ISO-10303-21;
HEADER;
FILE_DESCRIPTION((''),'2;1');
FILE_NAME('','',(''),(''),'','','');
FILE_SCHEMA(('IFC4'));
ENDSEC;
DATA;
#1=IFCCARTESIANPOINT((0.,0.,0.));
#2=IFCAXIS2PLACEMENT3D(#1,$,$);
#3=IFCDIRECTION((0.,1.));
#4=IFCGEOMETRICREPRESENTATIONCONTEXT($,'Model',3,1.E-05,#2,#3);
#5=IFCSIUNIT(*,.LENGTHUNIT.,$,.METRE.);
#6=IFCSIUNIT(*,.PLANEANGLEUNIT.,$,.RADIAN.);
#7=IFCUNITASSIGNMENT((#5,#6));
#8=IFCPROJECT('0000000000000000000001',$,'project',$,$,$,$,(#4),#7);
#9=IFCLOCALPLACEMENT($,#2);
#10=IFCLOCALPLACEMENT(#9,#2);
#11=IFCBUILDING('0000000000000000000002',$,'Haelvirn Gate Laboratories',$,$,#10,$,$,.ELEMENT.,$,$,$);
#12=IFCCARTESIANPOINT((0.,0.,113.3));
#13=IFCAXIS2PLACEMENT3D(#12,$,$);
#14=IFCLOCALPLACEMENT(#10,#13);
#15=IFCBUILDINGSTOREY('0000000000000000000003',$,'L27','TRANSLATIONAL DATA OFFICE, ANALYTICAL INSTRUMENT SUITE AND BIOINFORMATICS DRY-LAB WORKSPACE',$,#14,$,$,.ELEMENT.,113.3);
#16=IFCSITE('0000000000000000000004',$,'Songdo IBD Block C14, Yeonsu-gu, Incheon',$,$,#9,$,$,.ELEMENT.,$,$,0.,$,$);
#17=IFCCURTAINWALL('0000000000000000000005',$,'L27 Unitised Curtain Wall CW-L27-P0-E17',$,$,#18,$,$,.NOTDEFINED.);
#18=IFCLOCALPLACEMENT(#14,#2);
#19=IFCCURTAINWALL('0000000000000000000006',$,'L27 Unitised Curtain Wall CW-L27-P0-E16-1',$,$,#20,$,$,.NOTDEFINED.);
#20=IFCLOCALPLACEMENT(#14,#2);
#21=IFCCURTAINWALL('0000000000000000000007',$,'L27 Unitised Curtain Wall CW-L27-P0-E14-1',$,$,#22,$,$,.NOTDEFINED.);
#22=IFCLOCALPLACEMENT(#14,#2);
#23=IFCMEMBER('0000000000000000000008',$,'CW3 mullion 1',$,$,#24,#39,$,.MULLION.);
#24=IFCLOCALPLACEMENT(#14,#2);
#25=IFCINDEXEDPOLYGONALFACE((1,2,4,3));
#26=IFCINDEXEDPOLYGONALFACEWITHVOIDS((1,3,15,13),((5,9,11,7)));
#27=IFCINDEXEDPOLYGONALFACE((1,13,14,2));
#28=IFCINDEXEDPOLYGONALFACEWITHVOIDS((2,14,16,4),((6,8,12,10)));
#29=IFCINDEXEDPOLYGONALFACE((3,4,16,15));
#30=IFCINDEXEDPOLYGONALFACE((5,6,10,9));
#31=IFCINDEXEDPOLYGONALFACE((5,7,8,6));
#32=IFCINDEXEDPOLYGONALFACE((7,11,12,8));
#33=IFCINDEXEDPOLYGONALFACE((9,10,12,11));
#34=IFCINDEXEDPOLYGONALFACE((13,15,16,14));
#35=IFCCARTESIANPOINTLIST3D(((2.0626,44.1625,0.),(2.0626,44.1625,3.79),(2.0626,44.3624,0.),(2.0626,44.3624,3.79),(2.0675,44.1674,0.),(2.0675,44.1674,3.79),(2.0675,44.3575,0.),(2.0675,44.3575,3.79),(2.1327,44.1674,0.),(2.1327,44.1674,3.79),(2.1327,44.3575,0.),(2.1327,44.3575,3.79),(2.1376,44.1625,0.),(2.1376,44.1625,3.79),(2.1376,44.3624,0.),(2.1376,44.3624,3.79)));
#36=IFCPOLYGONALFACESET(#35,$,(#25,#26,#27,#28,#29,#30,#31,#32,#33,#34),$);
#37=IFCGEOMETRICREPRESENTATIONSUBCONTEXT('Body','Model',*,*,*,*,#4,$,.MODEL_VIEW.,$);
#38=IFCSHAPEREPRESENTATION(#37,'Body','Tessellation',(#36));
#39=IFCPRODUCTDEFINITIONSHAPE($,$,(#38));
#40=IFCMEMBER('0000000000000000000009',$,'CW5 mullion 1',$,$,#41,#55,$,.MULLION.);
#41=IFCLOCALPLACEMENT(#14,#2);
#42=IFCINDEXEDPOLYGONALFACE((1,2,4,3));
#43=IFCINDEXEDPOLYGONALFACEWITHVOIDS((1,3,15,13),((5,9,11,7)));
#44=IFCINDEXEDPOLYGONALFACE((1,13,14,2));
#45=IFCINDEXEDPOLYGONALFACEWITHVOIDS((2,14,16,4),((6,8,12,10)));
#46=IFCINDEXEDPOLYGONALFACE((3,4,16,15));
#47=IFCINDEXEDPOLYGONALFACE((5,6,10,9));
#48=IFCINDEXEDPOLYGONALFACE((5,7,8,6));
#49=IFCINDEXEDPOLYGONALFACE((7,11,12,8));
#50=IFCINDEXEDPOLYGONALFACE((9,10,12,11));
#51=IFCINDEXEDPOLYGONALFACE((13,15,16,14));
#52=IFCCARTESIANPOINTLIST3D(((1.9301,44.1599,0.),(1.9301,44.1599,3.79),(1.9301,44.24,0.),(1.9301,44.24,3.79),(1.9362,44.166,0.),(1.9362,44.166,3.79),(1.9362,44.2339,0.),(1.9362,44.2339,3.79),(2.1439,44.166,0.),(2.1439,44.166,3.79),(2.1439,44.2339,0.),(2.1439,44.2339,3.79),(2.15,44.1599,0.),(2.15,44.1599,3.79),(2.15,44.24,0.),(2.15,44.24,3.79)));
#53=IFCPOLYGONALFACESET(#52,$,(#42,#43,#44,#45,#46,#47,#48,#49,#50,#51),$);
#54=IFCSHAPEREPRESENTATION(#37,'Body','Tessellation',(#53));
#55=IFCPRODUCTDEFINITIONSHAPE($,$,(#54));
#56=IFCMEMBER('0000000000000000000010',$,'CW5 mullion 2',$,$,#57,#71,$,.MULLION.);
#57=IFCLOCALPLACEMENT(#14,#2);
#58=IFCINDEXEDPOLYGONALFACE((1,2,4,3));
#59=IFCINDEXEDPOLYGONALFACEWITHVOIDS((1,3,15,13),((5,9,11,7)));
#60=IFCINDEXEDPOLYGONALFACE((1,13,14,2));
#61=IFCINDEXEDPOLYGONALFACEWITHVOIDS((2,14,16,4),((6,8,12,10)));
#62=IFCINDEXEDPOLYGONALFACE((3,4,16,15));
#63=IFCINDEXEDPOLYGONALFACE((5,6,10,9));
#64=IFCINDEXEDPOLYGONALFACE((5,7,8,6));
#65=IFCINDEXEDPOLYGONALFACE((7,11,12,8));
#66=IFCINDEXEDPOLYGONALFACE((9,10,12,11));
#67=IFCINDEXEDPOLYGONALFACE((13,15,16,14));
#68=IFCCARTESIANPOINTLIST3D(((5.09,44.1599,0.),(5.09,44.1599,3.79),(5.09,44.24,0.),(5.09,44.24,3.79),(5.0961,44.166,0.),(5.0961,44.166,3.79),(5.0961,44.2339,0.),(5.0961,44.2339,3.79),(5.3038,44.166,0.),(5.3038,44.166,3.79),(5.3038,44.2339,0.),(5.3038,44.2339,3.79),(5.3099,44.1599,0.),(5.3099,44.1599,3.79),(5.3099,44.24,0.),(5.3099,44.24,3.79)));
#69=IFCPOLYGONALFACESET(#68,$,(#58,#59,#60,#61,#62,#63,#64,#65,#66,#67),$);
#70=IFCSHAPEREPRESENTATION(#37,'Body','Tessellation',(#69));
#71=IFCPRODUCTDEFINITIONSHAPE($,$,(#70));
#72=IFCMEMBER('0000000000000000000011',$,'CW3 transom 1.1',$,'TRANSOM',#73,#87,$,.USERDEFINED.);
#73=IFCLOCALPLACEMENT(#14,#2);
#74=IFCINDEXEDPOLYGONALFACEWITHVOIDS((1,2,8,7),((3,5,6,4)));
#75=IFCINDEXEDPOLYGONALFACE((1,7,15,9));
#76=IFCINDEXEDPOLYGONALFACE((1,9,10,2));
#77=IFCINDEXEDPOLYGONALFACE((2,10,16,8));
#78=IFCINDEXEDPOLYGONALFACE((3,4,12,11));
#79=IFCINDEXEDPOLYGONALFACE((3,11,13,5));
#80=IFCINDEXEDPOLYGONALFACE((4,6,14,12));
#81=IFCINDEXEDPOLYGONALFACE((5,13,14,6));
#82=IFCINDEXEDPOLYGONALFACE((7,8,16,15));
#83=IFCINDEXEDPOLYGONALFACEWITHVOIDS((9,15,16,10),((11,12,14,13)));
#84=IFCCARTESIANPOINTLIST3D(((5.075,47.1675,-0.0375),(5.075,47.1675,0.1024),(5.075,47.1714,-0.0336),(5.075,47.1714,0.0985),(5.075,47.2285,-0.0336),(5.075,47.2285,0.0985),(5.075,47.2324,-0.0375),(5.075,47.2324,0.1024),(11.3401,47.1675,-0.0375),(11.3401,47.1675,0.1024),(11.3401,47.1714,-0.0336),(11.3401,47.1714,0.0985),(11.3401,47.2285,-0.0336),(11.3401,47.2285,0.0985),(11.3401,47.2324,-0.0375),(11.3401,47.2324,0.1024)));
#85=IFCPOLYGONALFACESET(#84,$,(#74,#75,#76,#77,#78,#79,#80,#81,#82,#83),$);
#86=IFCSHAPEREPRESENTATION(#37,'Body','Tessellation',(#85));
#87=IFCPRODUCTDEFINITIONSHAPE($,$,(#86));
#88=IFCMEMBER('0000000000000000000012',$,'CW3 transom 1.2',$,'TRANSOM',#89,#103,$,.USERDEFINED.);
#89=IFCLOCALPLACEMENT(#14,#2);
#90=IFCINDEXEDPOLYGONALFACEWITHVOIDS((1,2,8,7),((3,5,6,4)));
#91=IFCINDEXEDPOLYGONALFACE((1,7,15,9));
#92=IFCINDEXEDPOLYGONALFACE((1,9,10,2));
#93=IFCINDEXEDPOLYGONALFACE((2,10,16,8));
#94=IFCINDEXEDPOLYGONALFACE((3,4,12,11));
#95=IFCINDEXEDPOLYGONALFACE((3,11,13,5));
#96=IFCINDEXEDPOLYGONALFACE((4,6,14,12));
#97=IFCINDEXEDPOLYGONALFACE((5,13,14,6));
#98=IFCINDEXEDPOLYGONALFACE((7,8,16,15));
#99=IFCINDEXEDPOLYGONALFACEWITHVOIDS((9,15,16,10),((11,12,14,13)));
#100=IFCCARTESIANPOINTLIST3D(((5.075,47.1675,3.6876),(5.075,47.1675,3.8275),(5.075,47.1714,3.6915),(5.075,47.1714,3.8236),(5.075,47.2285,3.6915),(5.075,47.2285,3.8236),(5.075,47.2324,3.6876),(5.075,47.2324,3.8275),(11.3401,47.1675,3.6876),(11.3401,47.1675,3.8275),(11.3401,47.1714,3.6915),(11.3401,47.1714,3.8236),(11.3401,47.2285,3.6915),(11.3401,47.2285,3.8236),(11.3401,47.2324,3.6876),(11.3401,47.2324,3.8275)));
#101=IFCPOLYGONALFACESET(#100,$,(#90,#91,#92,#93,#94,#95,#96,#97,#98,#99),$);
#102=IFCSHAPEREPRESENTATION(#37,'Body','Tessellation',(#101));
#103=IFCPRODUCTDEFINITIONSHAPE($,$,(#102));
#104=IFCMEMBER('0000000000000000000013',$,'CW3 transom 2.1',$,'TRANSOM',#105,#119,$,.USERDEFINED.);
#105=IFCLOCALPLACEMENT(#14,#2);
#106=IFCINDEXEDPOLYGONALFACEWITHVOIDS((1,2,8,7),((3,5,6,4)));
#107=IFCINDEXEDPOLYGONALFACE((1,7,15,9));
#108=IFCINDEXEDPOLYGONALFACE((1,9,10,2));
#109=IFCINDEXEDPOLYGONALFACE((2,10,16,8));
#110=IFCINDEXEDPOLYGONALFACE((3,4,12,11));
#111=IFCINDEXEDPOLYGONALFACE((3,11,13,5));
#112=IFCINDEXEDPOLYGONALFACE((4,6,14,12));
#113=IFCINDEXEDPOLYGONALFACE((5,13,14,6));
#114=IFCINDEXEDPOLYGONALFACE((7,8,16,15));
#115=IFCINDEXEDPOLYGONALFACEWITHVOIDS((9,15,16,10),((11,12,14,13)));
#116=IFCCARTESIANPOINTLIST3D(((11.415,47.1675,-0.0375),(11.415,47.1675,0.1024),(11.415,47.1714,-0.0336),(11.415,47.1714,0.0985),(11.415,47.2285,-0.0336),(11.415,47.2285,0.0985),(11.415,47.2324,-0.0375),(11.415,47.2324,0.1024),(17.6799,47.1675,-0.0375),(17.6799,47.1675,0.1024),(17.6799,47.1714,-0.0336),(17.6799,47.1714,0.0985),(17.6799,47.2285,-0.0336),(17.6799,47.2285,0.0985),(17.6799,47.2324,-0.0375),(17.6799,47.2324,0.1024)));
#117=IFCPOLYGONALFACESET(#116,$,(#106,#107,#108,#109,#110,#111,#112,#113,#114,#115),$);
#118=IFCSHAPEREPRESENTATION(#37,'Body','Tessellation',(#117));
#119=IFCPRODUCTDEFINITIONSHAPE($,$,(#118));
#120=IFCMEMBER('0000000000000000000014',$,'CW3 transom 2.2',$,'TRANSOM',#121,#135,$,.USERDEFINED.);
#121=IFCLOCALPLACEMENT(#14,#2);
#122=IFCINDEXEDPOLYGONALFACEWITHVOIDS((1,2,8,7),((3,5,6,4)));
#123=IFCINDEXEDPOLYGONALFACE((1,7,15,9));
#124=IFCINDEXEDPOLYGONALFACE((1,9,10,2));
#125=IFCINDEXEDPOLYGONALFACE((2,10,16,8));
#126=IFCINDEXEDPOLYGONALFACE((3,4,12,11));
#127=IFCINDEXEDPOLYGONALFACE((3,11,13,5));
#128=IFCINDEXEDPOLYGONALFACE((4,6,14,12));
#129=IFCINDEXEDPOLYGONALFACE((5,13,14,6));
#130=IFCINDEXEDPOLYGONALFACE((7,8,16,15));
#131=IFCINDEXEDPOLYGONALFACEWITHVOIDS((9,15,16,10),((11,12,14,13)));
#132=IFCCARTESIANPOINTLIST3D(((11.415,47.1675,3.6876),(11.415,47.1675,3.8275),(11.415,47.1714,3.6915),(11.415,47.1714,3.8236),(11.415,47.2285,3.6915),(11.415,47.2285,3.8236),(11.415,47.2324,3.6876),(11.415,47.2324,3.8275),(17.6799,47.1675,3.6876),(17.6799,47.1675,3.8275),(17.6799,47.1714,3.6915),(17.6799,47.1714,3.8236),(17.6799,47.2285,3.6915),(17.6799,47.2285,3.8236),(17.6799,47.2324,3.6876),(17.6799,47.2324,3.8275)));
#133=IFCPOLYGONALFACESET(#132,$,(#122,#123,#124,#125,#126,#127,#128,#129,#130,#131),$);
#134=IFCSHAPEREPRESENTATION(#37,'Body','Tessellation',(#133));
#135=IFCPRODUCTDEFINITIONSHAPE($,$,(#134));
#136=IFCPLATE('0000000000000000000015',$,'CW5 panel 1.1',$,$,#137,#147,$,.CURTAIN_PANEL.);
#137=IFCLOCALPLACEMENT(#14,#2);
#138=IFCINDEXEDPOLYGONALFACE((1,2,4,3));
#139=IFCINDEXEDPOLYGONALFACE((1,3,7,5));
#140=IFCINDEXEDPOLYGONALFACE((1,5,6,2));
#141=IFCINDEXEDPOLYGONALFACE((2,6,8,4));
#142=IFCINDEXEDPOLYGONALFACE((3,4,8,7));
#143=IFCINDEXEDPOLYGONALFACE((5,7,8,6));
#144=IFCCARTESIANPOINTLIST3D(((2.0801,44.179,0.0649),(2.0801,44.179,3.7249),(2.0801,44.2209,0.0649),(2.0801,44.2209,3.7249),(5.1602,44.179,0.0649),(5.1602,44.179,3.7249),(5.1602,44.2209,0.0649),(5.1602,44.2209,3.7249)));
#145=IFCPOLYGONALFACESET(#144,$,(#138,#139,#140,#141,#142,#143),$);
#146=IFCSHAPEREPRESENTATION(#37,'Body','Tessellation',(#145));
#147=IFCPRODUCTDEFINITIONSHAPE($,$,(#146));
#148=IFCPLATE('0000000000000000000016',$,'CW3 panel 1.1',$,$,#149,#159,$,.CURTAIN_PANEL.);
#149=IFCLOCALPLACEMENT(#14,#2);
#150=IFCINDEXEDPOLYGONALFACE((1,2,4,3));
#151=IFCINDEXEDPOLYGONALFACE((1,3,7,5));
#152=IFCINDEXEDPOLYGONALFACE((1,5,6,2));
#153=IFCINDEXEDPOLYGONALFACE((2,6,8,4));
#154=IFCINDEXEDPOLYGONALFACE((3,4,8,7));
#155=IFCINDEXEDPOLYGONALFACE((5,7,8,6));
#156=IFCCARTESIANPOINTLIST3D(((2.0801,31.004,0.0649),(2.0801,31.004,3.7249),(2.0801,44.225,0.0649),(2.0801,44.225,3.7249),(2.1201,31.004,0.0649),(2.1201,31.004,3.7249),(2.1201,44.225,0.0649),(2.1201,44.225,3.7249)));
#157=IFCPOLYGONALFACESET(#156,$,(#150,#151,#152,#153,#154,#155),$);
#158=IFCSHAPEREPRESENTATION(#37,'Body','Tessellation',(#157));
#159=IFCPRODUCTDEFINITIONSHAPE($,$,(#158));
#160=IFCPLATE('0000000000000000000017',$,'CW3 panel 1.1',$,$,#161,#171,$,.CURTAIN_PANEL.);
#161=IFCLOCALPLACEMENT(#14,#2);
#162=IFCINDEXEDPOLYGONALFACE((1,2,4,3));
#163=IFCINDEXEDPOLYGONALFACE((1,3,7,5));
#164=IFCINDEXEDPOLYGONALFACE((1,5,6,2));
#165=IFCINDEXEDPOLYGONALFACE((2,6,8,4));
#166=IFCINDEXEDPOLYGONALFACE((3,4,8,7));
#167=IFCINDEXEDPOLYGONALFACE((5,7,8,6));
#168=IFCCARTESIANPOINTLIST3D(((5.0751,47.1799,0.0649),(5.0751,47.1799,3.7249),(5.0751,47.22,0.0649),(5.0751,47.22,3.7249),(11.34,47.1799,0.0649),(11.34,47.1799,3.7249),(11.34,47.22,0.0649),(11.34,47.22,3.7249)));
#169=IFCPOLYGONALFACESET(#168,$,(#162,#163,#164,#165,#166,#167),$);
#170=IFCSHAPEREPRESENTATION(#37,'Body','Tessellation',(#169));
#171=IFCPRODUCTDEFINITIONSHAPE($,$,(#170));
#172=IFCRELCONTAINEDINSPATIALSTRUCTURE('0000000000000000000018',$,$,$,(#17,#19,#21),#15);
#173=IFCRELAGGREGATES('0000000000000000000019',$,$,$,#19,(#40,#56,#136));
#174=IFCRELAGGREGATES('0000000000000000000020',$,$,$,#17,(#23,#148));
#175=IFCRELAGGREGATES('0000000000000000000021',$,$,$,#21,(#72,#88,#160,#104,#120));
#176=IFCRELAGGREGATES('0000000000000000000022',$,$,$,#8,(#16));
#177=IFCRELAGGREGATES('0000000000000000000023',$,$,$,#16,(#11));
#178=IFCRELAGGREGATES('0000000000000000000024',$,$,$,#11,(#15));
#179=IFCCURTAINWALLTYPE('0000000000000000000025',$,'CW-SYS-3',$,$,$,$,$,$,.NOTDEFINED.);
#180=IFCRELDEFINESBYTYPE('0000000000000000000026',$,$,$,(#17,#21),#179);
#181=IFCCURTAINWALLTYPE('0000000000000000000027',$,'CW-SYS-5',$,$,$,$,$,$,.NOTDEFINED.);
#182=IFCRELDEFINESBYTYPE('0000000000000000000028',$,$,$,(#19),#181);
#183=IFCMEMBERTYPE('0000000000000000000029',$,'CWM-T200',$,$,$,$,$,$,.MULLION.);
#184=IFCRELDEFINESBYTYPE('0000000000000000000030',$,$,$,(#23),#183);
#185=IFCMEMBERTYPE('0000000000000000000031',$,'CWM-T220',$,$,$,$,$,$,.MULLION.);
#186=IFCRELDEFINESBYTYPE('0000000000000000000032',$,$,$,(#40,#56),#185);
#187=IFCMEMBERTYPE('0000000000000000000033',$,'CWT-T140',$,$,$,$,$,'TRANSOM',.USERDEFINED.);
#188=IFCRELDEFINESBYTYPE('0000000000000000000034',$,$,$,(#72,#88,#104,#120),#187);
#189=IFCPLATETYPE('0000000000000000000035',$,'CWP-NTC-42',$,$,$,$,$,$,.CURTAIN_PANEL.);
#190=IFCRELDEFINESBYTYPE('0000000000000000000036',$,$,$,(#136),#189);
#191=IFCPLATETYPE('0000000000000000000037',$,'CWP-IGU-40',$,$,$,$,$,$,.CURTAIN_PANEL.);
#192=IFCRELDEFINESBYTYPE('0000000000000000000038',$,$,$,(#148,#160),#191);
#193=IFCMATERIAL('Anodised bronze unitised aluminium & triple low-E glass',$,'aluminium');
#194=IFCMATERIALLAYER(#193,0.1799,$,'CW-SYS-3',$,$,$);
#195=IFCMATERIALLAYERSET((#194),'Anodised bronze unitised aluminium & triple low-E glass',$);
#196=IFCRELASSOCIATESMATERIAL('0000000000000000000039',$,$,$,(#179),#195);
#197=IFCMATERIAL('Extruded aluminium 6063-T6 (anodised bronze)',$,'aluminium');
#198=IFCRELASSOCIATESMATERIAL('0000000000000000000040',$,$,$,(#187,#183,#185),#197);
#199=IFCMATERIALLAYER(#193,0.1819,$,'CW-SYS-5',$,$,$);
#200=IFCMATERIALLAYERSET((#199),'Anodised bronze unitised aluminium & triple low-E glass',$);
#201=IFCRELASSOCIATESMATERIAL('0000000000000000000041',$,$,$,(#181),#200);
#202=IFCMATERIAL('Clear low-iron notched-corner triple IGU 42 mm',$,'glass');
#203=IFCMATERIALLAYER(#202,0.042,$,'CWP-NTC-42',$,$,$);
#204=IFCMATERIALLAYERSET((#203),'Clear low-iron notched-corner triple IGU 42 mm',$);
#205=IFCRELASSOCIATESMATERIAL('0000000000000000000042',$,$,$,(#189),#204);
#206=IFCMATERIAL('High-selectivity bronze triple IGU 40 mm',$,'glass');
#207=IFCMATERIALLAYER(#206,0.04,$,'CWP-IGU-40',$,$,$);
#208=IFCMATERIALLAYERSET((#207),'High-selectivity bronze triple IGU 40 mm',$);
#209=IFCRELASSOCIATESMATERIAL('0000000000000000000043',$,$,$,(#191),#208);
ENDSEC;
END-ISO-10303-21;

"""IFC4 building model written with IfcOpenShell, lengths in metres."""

from ifc_helpers import new_model, si_unit, direction, frame, origin, origin_2d, place, context, subcontext, project, spatial, rectangle, hollow_rectangle, extrude, source, transform, mapped, material, layer, layer_set, material_profile, profile_set, type_object, type_shapes, element, aggregate, save


model = new_model("IFC4")

# Units and contexts
model_context = context("Model", 3, precision=1e-05, world=origin(), true_north=direction((0.0, 1.0)))
body_context = subcontext(model_context, "Body", "Model", "MODEL_VIEW")
ifc_project = project(units=[si_unit("LENGTHUNIT", "METRE"), si_unit("PLANEANGLEUNIT", "RADIAN")], contexts=[model_context])

# Site, building, storey
site_placement = place(None, origin())
site = spatial("IfcSite", under=ifc_project, at=site_placement, Name="Songdo IBD Block C14, Yeonsu-gu, Incheon", CompositionType="ELEMENT", RefElevation=0.0)
building_placement = place(site_placement, origin())
building = spatial("IfcBuilding", under=site, at=building_placement, Name="Haelvirn Gate Laboratories", CompositionType="ELEMENT")
storey_placement = place(building_placement, frame((0.0, 0.0, 113.3)))
storey = spatial("IfcBuildingStorey", under=building, at=storey_placement, Name="L27", Description="TRANSLATIONAL DATA OFFICE, ANALYTICAL INSTRUMENT SUITE AND BIOINFORMATICS DRY-LAB WORKSPACE", CompositionType="ELEMENT", Elevation=113.3)

# Curtain walls
ifc_material_1 = material(Name="Anodised bronze unitised aluminium & triple low-E glass", Category="aluminium")
ifc_layer_1 = layer(ifc_material_1, 0.1799, Name="CW-SYS-3")
ifc_layer_set_1 = layer_set([ifc_layer_1], Name="Anodised bronze unitised aluminium & triple low-E glass")
curtain_wall_type_1 = type_object("IfcCurtainWallType", Name="CW-SYS-3", PredefinedType="NOTDEFINED", material=ifc_layer_set_1)
curtain_wall_1_placement = place(storey_placement, origin())
curtain_wall_1 = element("IfcCurtainWall", 1, at=curtain_wall_1_placement, inside=storey, type_object=curtain_wall_type_1, Name="L27 Unitised Curtain Wall CW-L27-P0-E17", PredefinedType="NOTDEFINED")
ifc_material_2 = material(Name="Extruded aluminium 6063-T6 (anodised bronze)", Category="aluminium")
ifc_material_profile_1 = material_profile(ifc_material_2, hollow_rectangle(XDim=0.0649, YDim=0.1399, WallThickness=0.0039, at=origin_2d()), Name="CWT-140x65x4")
ifc_profile_set_1 = profile_set([ifc_material_profile_1], Name="Extruded aluminium 6063-T6 (anodised bronze)")
member_type_1 = type_object("IfcMemberType", Name="CWT-T140", ElementType="TRANSOM", PredefinedType="USERDEFINED", material=ifc_profile_set_1)
ifc_layer_2 = layer(ifc_material_1, 0.1819, Name="CW-SYS-5")
ifc_layer_set_2 = layer_set([ifc_layer_2], Name="Anodised bronze unitised aluminium & triple low-E glass")
curtain_wall_type_2 = type_object("IfcCurtainWallType", Name="CW-SYS-5", PredefinedType="NOTDEFINED", material=ifc_layer_set_2)
curtain_wall_2_placement = place(storey_placement, origin())
curtain_wall_2 = element("IfcCurtainWall", 2, at=curtain_wall_2_placement, inside=storey, type_object=curtain_wall_type_2, Name="L27 Unitised Curtain Wall CW-L27-P0-E16-1", PredefinedType="NOTDEFINED")
curtain_wall_3_placement = place(storey_placement, origin())
curtain_wall_3 = element("IfcCurtainWall", 3, at=curtain_wall_3_placement, inside=storey, type_object=curtain_wall_type_1, Name="L27 Unitised Curtain Wall CW-L27-P0-E14-1", PredefinedType="NOTDEFINED")
ifc_material_profile_2 = material_profile(ifc_material_2, hollow_rectangle(XDim=0.075, YDim=0.2, WallThickness=0.0049, at=origin_2d()), Name="CWM-200x75x5")
ifc_profile_set_2 = profile_set([ifc_material_profile_2], Name="Extruded aluminium 6063-T6 (anodised bronze)")
member_type_2 = type_object("IfcMemberType", Name="CWM-T200", PredefinedType="MULLION", material=ifc_profile_set_2)
shared_shape_1 = source(origin(), body_context, "Body", "SweptSolid", [
    extrude(hollow_rectangle(XDim=0.075, YDim=0.2, WallThickness=0.0049, at=origin_2d()), origin(), (0.0, 0.0, 1.0), 3.79),
])
type_shapes(member_type_2, [shared_shape_1])

# Members
member_1_placement = place(storey_placement, frame((2.1001, 44.2625, 0.0), z_axis=(0.0, 0.0, 1.0), x_axis=(1.0, 0.0, 0.0)))
member_1 = element("IfcMember", 4, at=member_1_placement, type_object=member_type_2, Name="CW3 mullion 1", PredefinedType="MULLION", context=body_context, shape_type="MappedRepresentation", body=[
    mapped(shared_shape_1, transform((0.0, 0.0, 0.0), scale=1.0)),
])
ifc_material_profile_3 = material_profile(ifc_material_2, hollow_rectangle(XDim=0.0801, YDim=0.22, WallThickness=0.0061, at=origin_2d()), Name="CWM-220x80x6")
ifc_profile_set_3 = profile_set([ifc_material_profile_3], Name="Extruded aluminium 6063-T6 (anodised bronze)")
member_type_3 = type_object("IfcMemberType", Name="CWM-T220", PredefinedType="MULLION", material=ifc_profile_set_3)
shared_shape_2 = source(origin(), body_context, "Body", "SweptSolid", [
    extrude(hollow_rectangle(XDim=0.0801, YDim=0.22, WallThickness=0.0061, at=origin_2d()), origin(), (0.0, 0.0, 1.0), 3.79),
])
type_shapes(member_type_3, [shared_shape_2])
member_2_placement = place(storey_placement, frame((2.04, 44.2, 0.0), z_axis=(0.0, 0.0, 1.0), x_axis=(0.0, 1.0, 0.0)))
member_2 = element("IfcMember", 5, at=member_2_placement, type_object=member_type_3, Name="CW5 mullion 1", PredefinedType="MULLION", context=body_context, shape_type="MappedRepresentation", body=[
    mapped(shared_shape_2, transform((0.0, 0.0, 0.0), scale=1.0)),
])
member_3_placement = place(storey_placement, frame((5.2, 44.2, 0.0), z_axis=(0.0, 0.0, 1.0), x_axis=(0.0, 1.0, 0.0)))
member_3 = element("IfcMember", 6, at=member_3_placement, type_object=member_type_3, Name="CW5 mullion 2", PredefinedType="MULLION", context=body_context, shape_type="MappedRepresentation", body=[
    mapped(shared_shape_2, transform((0.0, 0.0, 0.0), scale=1.0)),
])
shared_shape_3 = source(origin(), body_context, "Body", "SweptSolid", [
    extrude(hollow_rectangle(XDim=0.0649, YDim=0.1399, WallThickness=0.0039, at=origin_2d()), origin(), (0.0, 0.0, 1.0), 6.2651),
])
member_4_placement = place(storey_placement, frame((5.075, 47.2, 0.0325), z_axis=(1.0, 0.0, 0.0), x_axis=(0.0, 1.0, 0.0)))
member_4 = element("IfcMember", 7, at=member_4_placement, type_object=member_type_1, Name="CW3 transom 1.1", ObjectType="TRANSOM", PredefinedType="USERDEFINED", context=body_context, shape_type="MappedRepresentation", body=[
    mapped(shared_shape_3, transform((0.0, 0.0, 0.0), scale=1.0)),
])
member_5_placement = place(storey_placement, frame((5.075, 47.2, 3.7576), z_axis=(1.0, 0.0, 0.0), x_axis=(0.0, 1.0, 0.0)))
member_5 = element("IfcMember", 8, at=member_5_placement, type_object=member_type_1, Name="CW3 transom 1.2", ObjectType="TRANSOM", PredefinedType="USERDEFINED", context=body_context, shape_type="MappedRepresentation", body=[
    mapped(shared_shape_3, transform((0.0, 0.0, 0.0), scale=1.0)),
])
shared_shape_4 = source(origin(), body_context, "Body", "SweptSolid", [
    extrude(hollow_rectangle(XDim=0.0649, YDim=0.1399, WallThickness=0.0039, at=origin_2d()), origin(), (0.0, 0.0, 1.0), 6.2649),
])
member_6_placement = place(storey_placement, frame((11.415, 47.2, 0.0325), z_axis=(1.0, 0.0, 0.0), x_axis=(0.0, 1.0, 0.0)))
member_6 = element("IfcMember", 9, at=member_6_placement, type_object=member_type_1, Name="CW3 transom 2.1", ObjectType="TRANSOM", PredefinedType="USERDEFINED", context=body_context, shape_type="MappedRepresentation", body=[
    mapped(shared_shape_4, transform((0.0, 0.0, 0.0), scale=1.0)),
])
member_7_placement = place(storey_placement, frame((11.415, 47.2, 3.7576), z_axis=(1.0, 0.0, 0.0), x_axis=(0.0, 1.0, 0.0)))
member_7 = element("IfcMember", 10, at=member_7_placement, type_object=member_type_1, Name="CW3 transom 2.2", ObjectType="TRANSOM", PredefinedType="USERDEFINED", context=body_context, shape_type="MappedRepresentation", body=[
    mapped(shared_shape_4, transform((0.0, 0.0, 0.0), scale=1.0)),
])

# Plates
ifc_material_3 = material(Name="Clear low-iron notched-corner triple IGU 42 mm", Category="glass")
ifc_layer_3 = layer(ifc_material_3, 0.042, Name="CWP-NTC-42")
ifc_layer_set_3 = layer_set([ifc_layer_3], Name="Clear low-iron notched-corner triple IGU 42 mm")
plate_type_1 = type_object("IfcPlateType", Name="CWP-NTC-42", PredefinedType="CURTAIN_PANEL", material=ifc_layer_set_3)
shared_shape_5 = source(origin(), body_context, "Body", "SweptSolid", [
    extrude(rectangle(XDim=3.0801, YDim=0.042, at=origin_2d()), origin(), (0.0, 0.0, 1.0), 3.6599),
])
type_shapes(plate_type_1, [shared_shape_5])
plate_1_placement = place(storey_placement, frame((3.6201, 44.2, 0.0649), z_axis=(0.0, 0.0, 1.0), x_axis=(1.0, 0.0, 0.0)))
plate_1 = element("IfcPlate", 11, at=plate_1_placement, type_object=plate_type_1, Name="CW5 panel 1.1", PredefinedType="CURTAIN_PANEL", context=body_context, shape_type="MappedRepresentation", body=[
    mapped(shared_shape_5, transform((0.0, 0.0, 0.0), scale=1.0)),
])
aggregate(curtain_wall_2, [member_2, member_3, plate_1])
ifc_material_4 = material(Name="High-selectivity bronze triple IGU 40 mm", Category="glass")
ifc_layer_4 = layer(ifc_material_4, 0.04, Name="CWP-IGU-40")
ifc_layer_set_4 = layer_set([ifc_layer_4], Name="High-selectivity bronze triple IGU 40 mm")
plate_type_2 = type_object("IfcPlateType", Name="CWP-IGU-40", PredefinedType="CURTAIN_PANEL", material=ifc_layer_set_4)
shared_shape_6 = source(origin(), body_context, "Body", "SweptSolid", [
    extrude(rectangle(XDim=13.2209, YDim=0.04, at=origin_2d()), origin(), (0.0, 0.0, 1.0), 3.6599),
])
plate_2_placement = place(storey_placement, frame((2.1001, 37.6145, 0.0649), z_axis=(0.0, 0.0, 1.0), x_axis=(0.0, -1.0, 0.0)))
plate_2 = element("IfcPlate", 12, at=plate_2_placement, type_object=plate_type_2, Name="CW3 panel 1.1", PredefinedType="CURTAIN_PANEL", context=body_context, shape_type="MappedRepresentation", body=[
    mapped(shared_shape_6, transform((0.0, 0.0, 0.0), scale=1.0)),
])
aggregate(curtain_wall_1, [member_1, plate_2])
shared_shape_7 = source(origin(), body_context, "Body", "SweptSolid", [
    extrude(rectangle(XDim=6.2649, YDim=0.04, at=origin_2d()), origin(), (0.0, 0.0, 1.0), 3.6599),
])
type_shapes(plate_type_2, [shared_shape_6, shared_shape_7])
plate_3_placement = place(storey_placement, frame((8.2075, 47.2, 0.0649), z_axis=(0.0, 0.0, 1.0), x_axis=(1.0, 0.0, 0.0)))
plate_3 = element("IfcPlate", 13, at=plate_3_placement, type_object=plate_type_2, Name="CW3 panel 1.1", PredefinedType="CURTAIN_PANEL", context=body_context, shape_type="MappedRepresentation", body=[
    mapped(shared_shape_7, transform((0.0, 0.0, 0.0), scale=1.0)),
])
aggregate(curtain_wall_3, [member_4, member_5, plate_3, member_6, member_7])

save(model, "model.ifc")
